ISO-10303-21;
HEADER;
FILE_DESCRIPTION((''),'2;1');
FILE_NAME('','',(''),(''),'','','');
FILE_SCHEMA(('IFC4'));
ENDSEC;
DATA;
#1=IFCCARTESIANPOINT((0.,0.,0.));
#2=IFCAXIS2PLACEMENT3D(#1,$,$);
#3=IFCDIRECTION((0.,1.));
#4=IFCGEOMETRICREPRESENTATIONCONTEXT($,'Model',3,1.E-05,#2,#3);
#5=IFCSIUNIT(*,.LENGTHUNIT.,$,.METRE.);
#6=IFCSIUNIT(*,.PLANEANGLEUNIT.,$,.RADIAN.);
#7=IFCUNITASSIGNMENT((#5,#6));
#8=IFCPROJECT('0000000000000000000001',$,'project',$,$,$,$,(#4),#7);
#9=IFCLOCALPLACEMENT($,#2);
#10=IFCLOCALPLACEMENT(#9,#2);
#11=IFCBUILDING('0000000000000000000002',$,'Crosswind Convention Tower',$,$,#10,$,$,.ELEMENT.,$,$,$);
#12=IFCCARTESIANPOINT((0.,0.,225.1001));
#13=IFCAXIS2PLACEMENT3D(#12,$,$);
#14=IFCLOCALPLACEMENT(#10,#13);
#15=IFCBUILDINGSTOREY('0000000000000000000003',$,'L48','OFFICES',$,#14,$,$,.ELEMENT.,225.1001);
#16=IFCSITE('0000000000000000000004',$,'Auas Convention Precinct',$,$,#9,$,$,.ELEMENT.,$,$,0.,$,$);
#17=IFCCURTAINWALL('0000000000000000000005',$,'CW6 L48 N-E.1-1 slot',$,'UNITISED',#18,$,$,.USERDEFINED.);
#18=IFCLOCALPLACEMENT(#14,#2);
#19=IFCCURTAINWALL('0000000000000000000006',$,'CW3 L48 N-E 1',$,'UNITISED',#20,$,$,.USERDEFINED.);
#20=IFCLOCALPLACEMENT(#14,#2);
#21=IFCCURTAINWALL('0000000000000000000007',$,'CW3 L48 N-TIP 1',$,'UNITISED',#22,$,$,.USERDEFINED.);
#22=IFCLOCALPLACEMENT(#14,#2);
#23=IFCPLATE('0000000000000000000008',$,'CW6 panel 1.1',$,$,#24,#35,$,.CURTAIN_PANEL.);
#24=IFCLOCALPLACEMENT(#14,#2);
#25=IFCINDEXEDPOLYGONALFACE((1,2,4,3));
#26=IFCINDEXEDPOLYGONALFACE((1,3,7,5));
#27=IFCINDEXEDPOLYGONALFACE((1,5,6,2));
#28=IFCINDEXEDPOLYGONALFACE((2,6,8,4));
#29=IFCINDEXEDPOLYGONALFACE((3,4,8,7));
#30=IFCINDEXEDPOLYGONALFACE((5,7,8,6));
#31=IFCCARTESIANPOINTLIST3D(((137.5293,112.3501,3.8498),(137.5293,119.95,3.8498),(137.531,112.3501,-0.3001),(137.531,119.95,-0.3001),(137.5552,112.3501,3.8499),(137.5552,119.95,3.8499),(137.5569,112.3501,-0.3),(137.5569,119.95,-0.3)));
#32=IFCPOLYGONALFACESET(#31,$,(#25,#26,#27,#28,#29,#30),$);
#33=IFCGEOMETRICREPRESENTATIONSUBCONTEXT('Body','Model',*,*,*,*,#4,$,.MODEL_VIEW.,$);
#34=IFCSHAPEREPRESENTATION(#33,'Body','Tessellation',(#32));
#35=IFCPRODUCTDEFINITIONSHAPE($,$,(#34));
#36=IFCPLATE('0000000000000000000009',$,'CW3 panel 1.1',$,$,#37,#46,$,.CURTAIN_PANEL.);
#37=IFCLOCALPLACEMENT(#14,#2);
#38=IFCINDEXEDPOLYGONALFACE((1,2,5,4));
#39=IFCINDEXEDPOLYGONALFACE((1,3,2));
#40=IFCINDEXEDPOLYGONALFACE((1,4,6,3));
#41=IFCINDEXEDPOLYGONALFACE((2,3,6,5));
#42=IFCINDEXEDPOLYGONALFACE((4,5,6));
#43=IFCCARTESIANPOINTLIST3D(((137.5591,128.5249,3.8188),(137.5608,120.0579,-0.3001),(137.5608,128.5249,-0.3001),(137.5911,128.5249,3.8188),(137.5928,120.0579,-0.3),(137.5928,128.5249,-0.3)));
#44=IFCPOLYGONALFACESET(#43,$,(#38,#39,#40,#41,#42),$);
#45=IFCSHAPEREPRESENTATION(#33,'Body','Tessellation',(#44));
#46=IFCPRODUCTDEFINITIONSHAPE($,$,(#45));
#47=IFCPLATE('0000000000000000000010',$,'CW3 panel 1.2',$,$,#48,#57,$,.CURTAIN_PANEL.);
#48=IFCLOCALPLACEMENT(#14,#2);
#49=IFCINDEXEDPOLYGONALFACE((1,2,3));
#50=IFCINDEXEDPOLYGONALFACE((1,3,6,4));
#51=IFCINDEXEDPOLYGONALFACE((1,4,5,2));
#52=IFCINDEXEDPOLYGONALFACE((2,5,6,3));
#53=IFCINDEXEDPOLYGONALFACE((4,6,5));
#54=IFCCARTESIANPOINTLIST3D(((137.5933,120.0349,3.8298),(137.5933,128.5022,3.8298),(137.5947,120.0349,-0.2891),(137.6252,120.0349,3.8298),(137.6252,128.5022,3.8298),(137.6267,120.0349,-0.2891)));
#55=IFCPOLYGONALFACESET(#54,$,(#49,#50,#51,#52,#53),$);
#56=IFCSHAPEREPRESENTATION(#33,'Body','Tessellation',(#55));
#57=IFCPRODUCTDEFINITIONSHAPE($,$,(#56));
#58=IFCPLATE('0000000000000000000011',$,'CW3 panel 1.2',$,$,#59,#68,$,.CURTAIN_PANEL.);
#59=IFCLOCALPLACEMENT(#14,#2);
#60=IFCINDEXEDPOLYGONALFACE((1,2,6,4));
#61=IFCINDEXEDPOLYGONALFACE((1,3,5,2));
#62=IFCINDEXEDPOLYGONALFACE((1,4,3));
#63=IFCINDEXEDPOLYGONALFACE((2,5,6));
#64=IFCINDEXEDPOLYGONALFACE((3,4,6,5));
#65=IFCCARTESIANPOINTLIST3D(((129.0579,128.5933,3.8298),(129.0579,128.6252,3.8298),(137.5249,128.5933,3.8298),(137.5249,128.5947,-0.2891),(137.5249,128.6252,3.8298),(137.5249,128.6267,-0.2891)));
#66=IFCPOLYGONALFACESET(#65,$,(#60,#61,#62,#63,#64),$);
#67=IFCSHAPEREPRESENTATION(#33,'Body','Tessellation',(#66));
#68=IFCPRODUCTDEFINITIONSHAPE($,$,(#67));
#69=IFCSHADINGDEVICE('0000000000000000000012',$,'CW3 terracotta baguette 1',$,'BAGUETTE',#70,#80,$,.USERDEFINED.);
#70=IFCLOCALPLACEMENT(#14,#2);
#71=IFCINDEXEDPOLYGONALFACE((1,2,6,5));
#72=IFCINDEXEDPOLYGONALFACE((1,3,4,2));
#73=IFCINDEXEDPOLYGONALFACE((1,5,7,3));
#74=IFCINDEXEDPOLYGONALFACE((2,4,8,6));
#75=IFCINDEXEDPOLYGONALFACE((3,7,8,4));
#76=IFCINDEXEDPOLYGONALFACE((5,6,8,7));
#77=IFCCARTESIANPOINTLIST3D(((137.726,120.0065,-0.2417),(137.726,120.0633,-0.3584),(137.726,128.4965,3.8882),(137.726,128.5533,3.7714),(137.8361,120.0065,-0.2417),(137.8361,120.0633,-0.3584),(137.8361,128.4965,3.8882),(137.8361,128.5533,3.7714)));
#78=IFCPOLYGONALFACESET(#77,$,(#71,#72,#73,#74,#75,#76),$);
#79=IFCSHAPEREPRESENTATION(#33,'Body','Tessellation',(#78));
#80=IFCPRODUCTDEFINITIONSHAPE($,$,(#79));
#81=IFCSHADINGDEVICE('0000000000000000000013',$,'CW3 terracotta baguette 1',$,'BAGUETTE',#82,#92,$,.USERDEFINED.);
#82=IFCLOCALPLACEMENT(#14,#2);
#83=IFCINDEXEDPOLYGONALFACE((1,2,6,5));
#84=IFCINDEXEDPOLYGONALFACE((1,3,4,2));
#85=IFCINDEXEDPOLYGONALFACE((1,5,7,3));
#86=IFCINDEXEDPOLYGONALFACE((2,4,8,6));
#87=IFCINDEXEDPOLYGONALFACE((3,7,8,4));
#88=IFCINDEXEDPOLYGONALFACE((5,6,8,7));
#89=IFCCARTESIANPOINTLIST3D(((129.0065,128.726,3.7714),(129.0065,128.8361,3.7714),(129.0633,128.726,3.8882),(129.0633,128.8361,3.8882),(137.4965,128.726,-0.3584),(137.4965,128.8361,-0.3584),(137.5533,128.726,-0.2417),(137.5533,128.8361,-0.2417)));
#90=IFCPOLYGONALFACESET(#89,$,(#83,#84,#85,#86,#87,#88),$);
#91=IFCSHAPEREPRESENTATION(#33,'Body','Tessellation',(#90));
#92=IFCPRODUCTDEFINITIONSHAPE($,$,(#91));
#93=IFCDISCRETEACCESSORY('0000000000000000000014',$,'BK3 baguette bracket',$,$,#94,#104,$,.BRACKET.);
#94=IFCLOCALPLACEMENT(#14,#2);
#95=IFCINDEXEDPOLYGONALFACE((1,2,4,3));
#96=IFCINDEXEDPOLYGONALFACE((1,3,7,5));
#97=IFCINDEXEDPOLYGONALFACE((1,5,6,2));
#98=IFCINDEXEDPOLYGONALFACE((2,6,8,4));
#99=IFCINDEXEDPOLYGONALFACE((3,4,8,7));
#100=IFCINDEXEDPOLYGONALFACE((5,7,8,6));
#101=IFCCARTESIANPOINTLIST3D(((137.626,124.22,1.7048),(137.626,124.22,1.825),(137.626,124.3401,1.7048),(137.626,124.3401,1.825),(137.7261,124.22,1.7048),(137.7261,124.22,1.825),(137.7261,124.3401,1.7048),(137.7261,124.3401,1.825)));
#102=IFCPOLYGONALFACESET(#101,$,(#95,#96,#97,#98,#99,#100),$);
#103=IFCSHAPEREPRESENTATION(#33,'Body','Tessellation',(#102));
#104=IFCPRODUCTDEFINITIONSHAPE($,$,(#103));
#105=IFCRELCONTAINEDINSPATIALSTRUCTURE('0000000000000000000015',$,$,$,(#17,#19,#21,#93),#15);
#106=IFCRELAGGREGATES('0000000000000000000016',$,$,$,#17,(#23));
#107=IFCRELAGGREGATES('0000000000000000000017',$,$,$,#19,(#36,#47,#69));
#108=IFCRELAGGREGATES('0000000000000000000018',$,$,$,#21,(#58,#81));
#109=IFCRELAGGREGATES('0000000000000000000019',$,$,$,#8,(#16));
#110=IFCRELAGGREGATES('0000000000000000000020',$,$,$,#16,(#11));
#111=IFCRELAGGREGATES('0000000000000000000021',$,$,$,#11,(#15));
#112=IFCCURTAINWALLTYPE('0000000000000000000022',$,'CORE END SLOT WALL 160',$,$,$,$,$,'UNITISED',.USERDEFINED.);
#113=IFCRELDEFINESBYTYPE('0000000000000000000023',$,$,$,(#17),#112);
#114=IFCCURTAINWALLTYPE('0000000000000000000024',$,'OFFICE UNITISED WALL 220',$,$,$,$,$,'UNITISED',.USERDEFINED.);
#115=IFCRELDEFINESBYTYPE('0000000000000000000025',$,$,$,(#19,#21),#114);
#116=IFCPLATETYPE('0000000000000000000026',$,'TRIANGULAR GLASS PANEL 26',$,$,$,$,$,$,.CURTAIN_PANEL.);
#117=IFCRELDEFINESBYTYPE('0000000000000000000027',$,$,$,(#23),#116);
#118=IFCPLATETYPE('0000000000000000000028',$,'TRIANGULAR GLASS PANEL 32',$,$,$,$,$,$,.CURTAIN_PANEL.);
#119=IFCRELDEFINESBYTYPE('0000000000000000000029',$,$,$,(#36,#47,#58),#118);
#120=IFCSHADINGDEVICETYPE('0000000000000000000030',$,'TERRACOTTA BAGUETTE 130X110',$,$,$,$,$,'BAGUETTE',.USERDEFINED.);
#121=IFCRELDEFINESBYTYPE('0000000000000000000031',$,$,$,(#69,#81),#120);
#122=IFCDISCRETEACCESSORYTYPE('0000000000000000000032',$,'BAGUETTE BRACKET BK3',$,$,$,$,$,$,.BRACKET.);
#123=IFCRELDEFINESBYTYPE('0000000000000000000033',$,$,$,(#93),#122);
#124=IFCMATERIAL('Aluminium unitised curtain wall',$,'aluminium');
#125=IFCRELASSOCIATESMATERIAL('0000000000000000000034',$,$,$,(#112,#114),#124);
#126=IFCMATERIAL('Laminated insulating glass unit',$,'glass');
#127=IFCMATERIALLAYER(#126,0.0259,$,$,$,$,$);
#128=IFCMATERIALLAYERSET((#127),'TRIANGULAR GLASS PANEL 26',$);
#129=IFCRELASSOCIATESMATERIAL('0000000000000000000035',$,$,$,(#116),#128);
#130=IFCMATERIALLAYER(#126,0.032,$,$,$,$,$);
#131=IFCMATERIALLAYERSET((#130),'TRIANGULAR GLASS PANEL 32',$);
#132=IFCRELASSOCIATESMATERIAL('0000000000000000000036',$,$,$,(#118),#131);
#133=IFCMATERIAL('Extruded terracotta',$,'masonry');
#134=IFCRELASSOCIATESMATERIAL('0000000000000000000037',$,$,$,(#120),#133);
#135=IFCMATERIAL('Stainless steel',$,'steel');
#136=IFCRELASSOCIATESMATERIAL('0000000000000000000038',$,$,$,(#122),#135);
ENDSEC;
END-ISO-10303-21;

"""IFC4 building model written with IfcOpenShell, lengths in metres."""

from ifc_helpers import new_model, si_unit, direction, frame, origin, origin_2d, place, context, subcontext, project, spatial, polyline, rectangle, outline, extrude, material, layer, layer_set, material_profile, profile_set, type_object, element, aggregate, save


model = new_model("IFC4")

# Units and contexts
model_context = context("Model", 3, precision=1e-05, world=origin(), true_north=direction((0.0, 1.0)))
body_context = subcontext(model_context, "Body", "Model", "MODEL_VIEW")
ifc_project = project(units=[si_unit("LENGTHUNIT", "METRE"), si_unit("PLANEANGLEUNIT", "RADIAN")], contexts=[model_context])

# Site, building, storey
site_placement = place(None, origin())
site = spatial("IfcSite", under=ifc_project, at=site_placement, Name="Auas Convention Precinct", CompositionType="ELEMENT", RefElevation=0.0)
building_placement = place(site_placement, origin())
building = spatial("IfcBuilding", under=site, at=building_placement, Name="Crosswind Convention Tower", CompositionType="ELEMENT")
storey_placement = place(building_placement, frame((0.0, 0.0, 225.1001)))
storey = spatial("IfcBuildingStorey", under=building, at=storey_placement, Name="L48", Description="OFFICES", CompositionType="ELEMENT", Elevation=225.1001)

# Curtain walls
ifc_material_1 = material(Name="Aluminium unitised curtain wall", Category="aluminium")
curtain_wall_type_1 = type_object("IfcCurtainWallType", Name="CORE END SLOT WALL 160", ElementType="UNITISED", PredefinedType="USERDEFINED", material=ifc_material_1)
curtain_wall_1_placement = place(storey_placement, origin())
curtain_wall_1 = element("IfcCurtainWall", 1, at=curtain_wall_1_placement, inside=storey, type_object=curtain_wall_type_1, Name="CW6 L48 N-E.1-1 slot", ObjectType="UNITISED", PredefinedType="USERDEFINED")
curtain_wall_type_2 = type_object("IfcCurtainWallType", Name="OFFICE UNITISED WALL 220", ElementType="UNITISED", PredefinedType="USERDEFINED", material=ifc_material_1)
curtain_wall_2_placement = place(storey_placement, origin())
curtain_wall_2 = element("IfcCurtainWall", 2, at=curtain_wall_2_placement, inside=storey, type_object=curtain_wall_type_2, Name="CW3 L48 N-E 1", ObjectType="UNITISED", PredefinedType="USERDEFINED")

# Curtain wall
curtain_wall_3_placement = place(storey_placement, origin())
curtain_wall_3 = element("IfcCurtainWall", 3, at=curtain_wall_3_placement, inside=storey, type_object=curtain_wall_type_2, Name="CW3 L48 N-TIP 1", ObjectType="UNITISED", PredefinedType="USERDEFINED")

# Plates
ifc_material_2 = material(Name="Laminated insulating glass unit", Category="glass")
ifc_layer_1 = layer(ifc_material_2, 0.0259)
ifc_layer_set_1 = layer_set([ifc_layer_1], Name="TRIANGULAR GLASS PANEL 26")
plate_type_1 = type_object("IfcPlateType", Name="TRIANGULAR GLASS PANEL 26", PredefinedType="CURTAIN_PANEL", material=ifc_layer_set_1)
plate_1_placement = place(storey_placement, frame((137.5569, 112.3501, -0.3), z_axis=(1.0, 0.0, 0.000412), x_axis=(0.0, 1.0, 0.0)))
plate_1 = element("IfcPlate", 4, at=plate_1_placement, type_object=plate_type_1, Name="CW6 panel 1.1", PredefinedType="CURTAIN_PANEL", context=body_context, shape_type="SweptSolid", body=[
    extrude(outline(polyline([(0.0, 0.0), (7.5999, 0.0), (7.5999, 4.1499), (0.0, 4.1499), (0.0, 0.0)])), origin(), (0.0, 0.0, -1.0), 0.0259),
])
aggregate(curtain_wall_1, [plate_1])
ifc_layer_2 = layer(ifc_material_2, 0.032)
ifc_layer_set_2 = layer_set([ifc_layer_2], Name="TRIANGULAR GLASS PANEL 32")
plate_type_2 = type_object("IfcPlateType", Name="TRIANGULAR GLASS PANEL 32", PredefinedType="CURTAIN_PANEL", material=ifc_layer_set_2)
plate_2_placement = place(storey_placement, frame((137.5928, 128.5249, -0.3), z_axis=(1.0, 0.0, 0.000415), x_axis=(-0.000415, 0.0, 1.0)))
plate_2 = element("IfcPlate", 5, at=plate_2_placement, type_object=plate_type_2, Name="CW3 panel 1.1", PredefinedType="CURTAIN_PANEL", context=body_context, shape_type="SweptSolid", body=[
    extrude(outline(polyline([(0.0, 0.0), (4.1189, 0.0), (0.0, 8.467), (0.0, 0.0)])), origin(), (0.0, 0.0, -1.0), 0.032),
])
plate_3_placement = place(storey_placement, frame((137.6252, 120.0349, 3.8298), z_axis=(1.0, 0.0, 0.000356), x_axis=(0.000356, 0.0, -1.0)))
plate_3 = element("IfcPlate", 6, at=plate_3_placement, type_object=plate_type_2, Name="CW3 panel 1.2", PredefinedType="CURTAIN_PANEL", context=body_context, shape_type="SweptSolid", body=[
    extrude(outline(polyline([(0.0, 0.0), (4.1189, 0.0), (0.0, 8.4673), (0.0, 0.0)])), origin(), (0.0, 0.0, -1.0), 0.032),
])
plate_4_placement = place(storey_placement, frame((137.5249, 128.6252, 3.8298), z_axis=(0.0, 1.0, 0.000356), x_axis=(0.0, 0.000356, -1.0)))
plate_4 = element("IfcPlate", 7, at=plate_4_placement, type_object=plate_type_2, Name="CW3 panel 1.2", PredefinedType="CURTAIN_PANEL", context=body_context, shape_type="SweptSolid", body=[
    extrude(outline(polyline([(0.0, 0.0), (4.1189, 0.0), (0.0, 8.467), (0.0, 0.0)])), origin(), (0.0, 0.0, -1.0), 0.032),
])

# Shading devices
ifc_material_3 = material(Name="Extruded terracotta", Category="masonry")
ifc_material_profile_1 = material_profile(ifc_material_3, rectangle(XDim=0.1101, YDim=0.1299, at=origin_2d()), Name="TC 110X130")
ifc_profile_set_1 = profile_set([ifc_material_profile_1], Name="Extruded terracotta")
shading_device_type = type_object("IfcShadingDeviceType", Name="TERRACOTTA BAGUETTE 130X110", ElementType="BAGUETTE", PredefinedType="USERDEFINED", material=ifc_profile_set_1)
shading_device_1_placement = place(storey_placement, frame((137.781, 120.0349, -0.3), z_axis=(0.0, 0.899251, 0.437433), x_axis=(-1.0, 0.0, 0.0)))
shading_device_1 = element("IfcShadingDevice", 8, at=shading_device_1_placement, type_object=shading_device_type, Name="CW3 terracotta baguette 1", ObjectType="BAGUETTE", PredefinedType="USERDEFINED", context=body_context, shape_type="SweptSolid", body=[
    extrude(rectangle(XDim=0.1101, YDim=0.1299, at=origin_2d()), origin(), (0.0, 0.0, 1.0), 9.4412),
])
aggregate(curtain_wall_2, [plate_2, plate_3, shading_device_1])
shading_device_2_placement = place(storey_placement, frame((137.5249, 128.781, -0.3), z_axis=(-0.899251, 0.0, 0.437433), x_axis=(0.0, -1.0, 0.0)))
shading_device_2 = element("IfcShadingDevice", 9, at=shading_device_2_placement, type_object=shading_device_type, Name="CW3 terracotta baguette 1", ObjectType="BAGUETTE", PredefinedType="USERDEFINED", context=body_context, shape_type="SweptSolid", body=[
    extrude(rectangle(XDim=0.1101, YDim=0.1299, at=origin_2d()), origin(), (0.0, 0.0, 1.0), 9.4412),
])
aggregate(curtain_wall_3, [plate_4, shading_device_2])

# Discrete accessory
ifc_material_4 = material(Name="Stainless steel", Category="steel")
discrete_accessory_type = type_object("IfcDiscreteAccessoryType", Name="BAGUETTE BRACKET BK3", PredefinedType="BRACKET", material=ifc_material_4)
discrete_accessory_placement = place(storey_placement, frame((137.676, 124.28, 1.7048), z_axis=(0.0, 0.0, 1.0), x_axis=(0.0, 1.0, 0.0)))
element("IfcDiscreteAccessory", 10, at=discrete_accessory_placement, inside=storey, type_object=discrete_accessory_type, Name="BK3 baguette bracket", PredefinedType="BRACKET", context=body_context, shape_type="SweptSolid", body=[
    extrude(rectangle(XDim=0.1201, YDim=0.1001, at=origin_2d()), origin(), (0.0, 0.0, 1.0), 0.1201),
])

save(model, "model.ifc")
